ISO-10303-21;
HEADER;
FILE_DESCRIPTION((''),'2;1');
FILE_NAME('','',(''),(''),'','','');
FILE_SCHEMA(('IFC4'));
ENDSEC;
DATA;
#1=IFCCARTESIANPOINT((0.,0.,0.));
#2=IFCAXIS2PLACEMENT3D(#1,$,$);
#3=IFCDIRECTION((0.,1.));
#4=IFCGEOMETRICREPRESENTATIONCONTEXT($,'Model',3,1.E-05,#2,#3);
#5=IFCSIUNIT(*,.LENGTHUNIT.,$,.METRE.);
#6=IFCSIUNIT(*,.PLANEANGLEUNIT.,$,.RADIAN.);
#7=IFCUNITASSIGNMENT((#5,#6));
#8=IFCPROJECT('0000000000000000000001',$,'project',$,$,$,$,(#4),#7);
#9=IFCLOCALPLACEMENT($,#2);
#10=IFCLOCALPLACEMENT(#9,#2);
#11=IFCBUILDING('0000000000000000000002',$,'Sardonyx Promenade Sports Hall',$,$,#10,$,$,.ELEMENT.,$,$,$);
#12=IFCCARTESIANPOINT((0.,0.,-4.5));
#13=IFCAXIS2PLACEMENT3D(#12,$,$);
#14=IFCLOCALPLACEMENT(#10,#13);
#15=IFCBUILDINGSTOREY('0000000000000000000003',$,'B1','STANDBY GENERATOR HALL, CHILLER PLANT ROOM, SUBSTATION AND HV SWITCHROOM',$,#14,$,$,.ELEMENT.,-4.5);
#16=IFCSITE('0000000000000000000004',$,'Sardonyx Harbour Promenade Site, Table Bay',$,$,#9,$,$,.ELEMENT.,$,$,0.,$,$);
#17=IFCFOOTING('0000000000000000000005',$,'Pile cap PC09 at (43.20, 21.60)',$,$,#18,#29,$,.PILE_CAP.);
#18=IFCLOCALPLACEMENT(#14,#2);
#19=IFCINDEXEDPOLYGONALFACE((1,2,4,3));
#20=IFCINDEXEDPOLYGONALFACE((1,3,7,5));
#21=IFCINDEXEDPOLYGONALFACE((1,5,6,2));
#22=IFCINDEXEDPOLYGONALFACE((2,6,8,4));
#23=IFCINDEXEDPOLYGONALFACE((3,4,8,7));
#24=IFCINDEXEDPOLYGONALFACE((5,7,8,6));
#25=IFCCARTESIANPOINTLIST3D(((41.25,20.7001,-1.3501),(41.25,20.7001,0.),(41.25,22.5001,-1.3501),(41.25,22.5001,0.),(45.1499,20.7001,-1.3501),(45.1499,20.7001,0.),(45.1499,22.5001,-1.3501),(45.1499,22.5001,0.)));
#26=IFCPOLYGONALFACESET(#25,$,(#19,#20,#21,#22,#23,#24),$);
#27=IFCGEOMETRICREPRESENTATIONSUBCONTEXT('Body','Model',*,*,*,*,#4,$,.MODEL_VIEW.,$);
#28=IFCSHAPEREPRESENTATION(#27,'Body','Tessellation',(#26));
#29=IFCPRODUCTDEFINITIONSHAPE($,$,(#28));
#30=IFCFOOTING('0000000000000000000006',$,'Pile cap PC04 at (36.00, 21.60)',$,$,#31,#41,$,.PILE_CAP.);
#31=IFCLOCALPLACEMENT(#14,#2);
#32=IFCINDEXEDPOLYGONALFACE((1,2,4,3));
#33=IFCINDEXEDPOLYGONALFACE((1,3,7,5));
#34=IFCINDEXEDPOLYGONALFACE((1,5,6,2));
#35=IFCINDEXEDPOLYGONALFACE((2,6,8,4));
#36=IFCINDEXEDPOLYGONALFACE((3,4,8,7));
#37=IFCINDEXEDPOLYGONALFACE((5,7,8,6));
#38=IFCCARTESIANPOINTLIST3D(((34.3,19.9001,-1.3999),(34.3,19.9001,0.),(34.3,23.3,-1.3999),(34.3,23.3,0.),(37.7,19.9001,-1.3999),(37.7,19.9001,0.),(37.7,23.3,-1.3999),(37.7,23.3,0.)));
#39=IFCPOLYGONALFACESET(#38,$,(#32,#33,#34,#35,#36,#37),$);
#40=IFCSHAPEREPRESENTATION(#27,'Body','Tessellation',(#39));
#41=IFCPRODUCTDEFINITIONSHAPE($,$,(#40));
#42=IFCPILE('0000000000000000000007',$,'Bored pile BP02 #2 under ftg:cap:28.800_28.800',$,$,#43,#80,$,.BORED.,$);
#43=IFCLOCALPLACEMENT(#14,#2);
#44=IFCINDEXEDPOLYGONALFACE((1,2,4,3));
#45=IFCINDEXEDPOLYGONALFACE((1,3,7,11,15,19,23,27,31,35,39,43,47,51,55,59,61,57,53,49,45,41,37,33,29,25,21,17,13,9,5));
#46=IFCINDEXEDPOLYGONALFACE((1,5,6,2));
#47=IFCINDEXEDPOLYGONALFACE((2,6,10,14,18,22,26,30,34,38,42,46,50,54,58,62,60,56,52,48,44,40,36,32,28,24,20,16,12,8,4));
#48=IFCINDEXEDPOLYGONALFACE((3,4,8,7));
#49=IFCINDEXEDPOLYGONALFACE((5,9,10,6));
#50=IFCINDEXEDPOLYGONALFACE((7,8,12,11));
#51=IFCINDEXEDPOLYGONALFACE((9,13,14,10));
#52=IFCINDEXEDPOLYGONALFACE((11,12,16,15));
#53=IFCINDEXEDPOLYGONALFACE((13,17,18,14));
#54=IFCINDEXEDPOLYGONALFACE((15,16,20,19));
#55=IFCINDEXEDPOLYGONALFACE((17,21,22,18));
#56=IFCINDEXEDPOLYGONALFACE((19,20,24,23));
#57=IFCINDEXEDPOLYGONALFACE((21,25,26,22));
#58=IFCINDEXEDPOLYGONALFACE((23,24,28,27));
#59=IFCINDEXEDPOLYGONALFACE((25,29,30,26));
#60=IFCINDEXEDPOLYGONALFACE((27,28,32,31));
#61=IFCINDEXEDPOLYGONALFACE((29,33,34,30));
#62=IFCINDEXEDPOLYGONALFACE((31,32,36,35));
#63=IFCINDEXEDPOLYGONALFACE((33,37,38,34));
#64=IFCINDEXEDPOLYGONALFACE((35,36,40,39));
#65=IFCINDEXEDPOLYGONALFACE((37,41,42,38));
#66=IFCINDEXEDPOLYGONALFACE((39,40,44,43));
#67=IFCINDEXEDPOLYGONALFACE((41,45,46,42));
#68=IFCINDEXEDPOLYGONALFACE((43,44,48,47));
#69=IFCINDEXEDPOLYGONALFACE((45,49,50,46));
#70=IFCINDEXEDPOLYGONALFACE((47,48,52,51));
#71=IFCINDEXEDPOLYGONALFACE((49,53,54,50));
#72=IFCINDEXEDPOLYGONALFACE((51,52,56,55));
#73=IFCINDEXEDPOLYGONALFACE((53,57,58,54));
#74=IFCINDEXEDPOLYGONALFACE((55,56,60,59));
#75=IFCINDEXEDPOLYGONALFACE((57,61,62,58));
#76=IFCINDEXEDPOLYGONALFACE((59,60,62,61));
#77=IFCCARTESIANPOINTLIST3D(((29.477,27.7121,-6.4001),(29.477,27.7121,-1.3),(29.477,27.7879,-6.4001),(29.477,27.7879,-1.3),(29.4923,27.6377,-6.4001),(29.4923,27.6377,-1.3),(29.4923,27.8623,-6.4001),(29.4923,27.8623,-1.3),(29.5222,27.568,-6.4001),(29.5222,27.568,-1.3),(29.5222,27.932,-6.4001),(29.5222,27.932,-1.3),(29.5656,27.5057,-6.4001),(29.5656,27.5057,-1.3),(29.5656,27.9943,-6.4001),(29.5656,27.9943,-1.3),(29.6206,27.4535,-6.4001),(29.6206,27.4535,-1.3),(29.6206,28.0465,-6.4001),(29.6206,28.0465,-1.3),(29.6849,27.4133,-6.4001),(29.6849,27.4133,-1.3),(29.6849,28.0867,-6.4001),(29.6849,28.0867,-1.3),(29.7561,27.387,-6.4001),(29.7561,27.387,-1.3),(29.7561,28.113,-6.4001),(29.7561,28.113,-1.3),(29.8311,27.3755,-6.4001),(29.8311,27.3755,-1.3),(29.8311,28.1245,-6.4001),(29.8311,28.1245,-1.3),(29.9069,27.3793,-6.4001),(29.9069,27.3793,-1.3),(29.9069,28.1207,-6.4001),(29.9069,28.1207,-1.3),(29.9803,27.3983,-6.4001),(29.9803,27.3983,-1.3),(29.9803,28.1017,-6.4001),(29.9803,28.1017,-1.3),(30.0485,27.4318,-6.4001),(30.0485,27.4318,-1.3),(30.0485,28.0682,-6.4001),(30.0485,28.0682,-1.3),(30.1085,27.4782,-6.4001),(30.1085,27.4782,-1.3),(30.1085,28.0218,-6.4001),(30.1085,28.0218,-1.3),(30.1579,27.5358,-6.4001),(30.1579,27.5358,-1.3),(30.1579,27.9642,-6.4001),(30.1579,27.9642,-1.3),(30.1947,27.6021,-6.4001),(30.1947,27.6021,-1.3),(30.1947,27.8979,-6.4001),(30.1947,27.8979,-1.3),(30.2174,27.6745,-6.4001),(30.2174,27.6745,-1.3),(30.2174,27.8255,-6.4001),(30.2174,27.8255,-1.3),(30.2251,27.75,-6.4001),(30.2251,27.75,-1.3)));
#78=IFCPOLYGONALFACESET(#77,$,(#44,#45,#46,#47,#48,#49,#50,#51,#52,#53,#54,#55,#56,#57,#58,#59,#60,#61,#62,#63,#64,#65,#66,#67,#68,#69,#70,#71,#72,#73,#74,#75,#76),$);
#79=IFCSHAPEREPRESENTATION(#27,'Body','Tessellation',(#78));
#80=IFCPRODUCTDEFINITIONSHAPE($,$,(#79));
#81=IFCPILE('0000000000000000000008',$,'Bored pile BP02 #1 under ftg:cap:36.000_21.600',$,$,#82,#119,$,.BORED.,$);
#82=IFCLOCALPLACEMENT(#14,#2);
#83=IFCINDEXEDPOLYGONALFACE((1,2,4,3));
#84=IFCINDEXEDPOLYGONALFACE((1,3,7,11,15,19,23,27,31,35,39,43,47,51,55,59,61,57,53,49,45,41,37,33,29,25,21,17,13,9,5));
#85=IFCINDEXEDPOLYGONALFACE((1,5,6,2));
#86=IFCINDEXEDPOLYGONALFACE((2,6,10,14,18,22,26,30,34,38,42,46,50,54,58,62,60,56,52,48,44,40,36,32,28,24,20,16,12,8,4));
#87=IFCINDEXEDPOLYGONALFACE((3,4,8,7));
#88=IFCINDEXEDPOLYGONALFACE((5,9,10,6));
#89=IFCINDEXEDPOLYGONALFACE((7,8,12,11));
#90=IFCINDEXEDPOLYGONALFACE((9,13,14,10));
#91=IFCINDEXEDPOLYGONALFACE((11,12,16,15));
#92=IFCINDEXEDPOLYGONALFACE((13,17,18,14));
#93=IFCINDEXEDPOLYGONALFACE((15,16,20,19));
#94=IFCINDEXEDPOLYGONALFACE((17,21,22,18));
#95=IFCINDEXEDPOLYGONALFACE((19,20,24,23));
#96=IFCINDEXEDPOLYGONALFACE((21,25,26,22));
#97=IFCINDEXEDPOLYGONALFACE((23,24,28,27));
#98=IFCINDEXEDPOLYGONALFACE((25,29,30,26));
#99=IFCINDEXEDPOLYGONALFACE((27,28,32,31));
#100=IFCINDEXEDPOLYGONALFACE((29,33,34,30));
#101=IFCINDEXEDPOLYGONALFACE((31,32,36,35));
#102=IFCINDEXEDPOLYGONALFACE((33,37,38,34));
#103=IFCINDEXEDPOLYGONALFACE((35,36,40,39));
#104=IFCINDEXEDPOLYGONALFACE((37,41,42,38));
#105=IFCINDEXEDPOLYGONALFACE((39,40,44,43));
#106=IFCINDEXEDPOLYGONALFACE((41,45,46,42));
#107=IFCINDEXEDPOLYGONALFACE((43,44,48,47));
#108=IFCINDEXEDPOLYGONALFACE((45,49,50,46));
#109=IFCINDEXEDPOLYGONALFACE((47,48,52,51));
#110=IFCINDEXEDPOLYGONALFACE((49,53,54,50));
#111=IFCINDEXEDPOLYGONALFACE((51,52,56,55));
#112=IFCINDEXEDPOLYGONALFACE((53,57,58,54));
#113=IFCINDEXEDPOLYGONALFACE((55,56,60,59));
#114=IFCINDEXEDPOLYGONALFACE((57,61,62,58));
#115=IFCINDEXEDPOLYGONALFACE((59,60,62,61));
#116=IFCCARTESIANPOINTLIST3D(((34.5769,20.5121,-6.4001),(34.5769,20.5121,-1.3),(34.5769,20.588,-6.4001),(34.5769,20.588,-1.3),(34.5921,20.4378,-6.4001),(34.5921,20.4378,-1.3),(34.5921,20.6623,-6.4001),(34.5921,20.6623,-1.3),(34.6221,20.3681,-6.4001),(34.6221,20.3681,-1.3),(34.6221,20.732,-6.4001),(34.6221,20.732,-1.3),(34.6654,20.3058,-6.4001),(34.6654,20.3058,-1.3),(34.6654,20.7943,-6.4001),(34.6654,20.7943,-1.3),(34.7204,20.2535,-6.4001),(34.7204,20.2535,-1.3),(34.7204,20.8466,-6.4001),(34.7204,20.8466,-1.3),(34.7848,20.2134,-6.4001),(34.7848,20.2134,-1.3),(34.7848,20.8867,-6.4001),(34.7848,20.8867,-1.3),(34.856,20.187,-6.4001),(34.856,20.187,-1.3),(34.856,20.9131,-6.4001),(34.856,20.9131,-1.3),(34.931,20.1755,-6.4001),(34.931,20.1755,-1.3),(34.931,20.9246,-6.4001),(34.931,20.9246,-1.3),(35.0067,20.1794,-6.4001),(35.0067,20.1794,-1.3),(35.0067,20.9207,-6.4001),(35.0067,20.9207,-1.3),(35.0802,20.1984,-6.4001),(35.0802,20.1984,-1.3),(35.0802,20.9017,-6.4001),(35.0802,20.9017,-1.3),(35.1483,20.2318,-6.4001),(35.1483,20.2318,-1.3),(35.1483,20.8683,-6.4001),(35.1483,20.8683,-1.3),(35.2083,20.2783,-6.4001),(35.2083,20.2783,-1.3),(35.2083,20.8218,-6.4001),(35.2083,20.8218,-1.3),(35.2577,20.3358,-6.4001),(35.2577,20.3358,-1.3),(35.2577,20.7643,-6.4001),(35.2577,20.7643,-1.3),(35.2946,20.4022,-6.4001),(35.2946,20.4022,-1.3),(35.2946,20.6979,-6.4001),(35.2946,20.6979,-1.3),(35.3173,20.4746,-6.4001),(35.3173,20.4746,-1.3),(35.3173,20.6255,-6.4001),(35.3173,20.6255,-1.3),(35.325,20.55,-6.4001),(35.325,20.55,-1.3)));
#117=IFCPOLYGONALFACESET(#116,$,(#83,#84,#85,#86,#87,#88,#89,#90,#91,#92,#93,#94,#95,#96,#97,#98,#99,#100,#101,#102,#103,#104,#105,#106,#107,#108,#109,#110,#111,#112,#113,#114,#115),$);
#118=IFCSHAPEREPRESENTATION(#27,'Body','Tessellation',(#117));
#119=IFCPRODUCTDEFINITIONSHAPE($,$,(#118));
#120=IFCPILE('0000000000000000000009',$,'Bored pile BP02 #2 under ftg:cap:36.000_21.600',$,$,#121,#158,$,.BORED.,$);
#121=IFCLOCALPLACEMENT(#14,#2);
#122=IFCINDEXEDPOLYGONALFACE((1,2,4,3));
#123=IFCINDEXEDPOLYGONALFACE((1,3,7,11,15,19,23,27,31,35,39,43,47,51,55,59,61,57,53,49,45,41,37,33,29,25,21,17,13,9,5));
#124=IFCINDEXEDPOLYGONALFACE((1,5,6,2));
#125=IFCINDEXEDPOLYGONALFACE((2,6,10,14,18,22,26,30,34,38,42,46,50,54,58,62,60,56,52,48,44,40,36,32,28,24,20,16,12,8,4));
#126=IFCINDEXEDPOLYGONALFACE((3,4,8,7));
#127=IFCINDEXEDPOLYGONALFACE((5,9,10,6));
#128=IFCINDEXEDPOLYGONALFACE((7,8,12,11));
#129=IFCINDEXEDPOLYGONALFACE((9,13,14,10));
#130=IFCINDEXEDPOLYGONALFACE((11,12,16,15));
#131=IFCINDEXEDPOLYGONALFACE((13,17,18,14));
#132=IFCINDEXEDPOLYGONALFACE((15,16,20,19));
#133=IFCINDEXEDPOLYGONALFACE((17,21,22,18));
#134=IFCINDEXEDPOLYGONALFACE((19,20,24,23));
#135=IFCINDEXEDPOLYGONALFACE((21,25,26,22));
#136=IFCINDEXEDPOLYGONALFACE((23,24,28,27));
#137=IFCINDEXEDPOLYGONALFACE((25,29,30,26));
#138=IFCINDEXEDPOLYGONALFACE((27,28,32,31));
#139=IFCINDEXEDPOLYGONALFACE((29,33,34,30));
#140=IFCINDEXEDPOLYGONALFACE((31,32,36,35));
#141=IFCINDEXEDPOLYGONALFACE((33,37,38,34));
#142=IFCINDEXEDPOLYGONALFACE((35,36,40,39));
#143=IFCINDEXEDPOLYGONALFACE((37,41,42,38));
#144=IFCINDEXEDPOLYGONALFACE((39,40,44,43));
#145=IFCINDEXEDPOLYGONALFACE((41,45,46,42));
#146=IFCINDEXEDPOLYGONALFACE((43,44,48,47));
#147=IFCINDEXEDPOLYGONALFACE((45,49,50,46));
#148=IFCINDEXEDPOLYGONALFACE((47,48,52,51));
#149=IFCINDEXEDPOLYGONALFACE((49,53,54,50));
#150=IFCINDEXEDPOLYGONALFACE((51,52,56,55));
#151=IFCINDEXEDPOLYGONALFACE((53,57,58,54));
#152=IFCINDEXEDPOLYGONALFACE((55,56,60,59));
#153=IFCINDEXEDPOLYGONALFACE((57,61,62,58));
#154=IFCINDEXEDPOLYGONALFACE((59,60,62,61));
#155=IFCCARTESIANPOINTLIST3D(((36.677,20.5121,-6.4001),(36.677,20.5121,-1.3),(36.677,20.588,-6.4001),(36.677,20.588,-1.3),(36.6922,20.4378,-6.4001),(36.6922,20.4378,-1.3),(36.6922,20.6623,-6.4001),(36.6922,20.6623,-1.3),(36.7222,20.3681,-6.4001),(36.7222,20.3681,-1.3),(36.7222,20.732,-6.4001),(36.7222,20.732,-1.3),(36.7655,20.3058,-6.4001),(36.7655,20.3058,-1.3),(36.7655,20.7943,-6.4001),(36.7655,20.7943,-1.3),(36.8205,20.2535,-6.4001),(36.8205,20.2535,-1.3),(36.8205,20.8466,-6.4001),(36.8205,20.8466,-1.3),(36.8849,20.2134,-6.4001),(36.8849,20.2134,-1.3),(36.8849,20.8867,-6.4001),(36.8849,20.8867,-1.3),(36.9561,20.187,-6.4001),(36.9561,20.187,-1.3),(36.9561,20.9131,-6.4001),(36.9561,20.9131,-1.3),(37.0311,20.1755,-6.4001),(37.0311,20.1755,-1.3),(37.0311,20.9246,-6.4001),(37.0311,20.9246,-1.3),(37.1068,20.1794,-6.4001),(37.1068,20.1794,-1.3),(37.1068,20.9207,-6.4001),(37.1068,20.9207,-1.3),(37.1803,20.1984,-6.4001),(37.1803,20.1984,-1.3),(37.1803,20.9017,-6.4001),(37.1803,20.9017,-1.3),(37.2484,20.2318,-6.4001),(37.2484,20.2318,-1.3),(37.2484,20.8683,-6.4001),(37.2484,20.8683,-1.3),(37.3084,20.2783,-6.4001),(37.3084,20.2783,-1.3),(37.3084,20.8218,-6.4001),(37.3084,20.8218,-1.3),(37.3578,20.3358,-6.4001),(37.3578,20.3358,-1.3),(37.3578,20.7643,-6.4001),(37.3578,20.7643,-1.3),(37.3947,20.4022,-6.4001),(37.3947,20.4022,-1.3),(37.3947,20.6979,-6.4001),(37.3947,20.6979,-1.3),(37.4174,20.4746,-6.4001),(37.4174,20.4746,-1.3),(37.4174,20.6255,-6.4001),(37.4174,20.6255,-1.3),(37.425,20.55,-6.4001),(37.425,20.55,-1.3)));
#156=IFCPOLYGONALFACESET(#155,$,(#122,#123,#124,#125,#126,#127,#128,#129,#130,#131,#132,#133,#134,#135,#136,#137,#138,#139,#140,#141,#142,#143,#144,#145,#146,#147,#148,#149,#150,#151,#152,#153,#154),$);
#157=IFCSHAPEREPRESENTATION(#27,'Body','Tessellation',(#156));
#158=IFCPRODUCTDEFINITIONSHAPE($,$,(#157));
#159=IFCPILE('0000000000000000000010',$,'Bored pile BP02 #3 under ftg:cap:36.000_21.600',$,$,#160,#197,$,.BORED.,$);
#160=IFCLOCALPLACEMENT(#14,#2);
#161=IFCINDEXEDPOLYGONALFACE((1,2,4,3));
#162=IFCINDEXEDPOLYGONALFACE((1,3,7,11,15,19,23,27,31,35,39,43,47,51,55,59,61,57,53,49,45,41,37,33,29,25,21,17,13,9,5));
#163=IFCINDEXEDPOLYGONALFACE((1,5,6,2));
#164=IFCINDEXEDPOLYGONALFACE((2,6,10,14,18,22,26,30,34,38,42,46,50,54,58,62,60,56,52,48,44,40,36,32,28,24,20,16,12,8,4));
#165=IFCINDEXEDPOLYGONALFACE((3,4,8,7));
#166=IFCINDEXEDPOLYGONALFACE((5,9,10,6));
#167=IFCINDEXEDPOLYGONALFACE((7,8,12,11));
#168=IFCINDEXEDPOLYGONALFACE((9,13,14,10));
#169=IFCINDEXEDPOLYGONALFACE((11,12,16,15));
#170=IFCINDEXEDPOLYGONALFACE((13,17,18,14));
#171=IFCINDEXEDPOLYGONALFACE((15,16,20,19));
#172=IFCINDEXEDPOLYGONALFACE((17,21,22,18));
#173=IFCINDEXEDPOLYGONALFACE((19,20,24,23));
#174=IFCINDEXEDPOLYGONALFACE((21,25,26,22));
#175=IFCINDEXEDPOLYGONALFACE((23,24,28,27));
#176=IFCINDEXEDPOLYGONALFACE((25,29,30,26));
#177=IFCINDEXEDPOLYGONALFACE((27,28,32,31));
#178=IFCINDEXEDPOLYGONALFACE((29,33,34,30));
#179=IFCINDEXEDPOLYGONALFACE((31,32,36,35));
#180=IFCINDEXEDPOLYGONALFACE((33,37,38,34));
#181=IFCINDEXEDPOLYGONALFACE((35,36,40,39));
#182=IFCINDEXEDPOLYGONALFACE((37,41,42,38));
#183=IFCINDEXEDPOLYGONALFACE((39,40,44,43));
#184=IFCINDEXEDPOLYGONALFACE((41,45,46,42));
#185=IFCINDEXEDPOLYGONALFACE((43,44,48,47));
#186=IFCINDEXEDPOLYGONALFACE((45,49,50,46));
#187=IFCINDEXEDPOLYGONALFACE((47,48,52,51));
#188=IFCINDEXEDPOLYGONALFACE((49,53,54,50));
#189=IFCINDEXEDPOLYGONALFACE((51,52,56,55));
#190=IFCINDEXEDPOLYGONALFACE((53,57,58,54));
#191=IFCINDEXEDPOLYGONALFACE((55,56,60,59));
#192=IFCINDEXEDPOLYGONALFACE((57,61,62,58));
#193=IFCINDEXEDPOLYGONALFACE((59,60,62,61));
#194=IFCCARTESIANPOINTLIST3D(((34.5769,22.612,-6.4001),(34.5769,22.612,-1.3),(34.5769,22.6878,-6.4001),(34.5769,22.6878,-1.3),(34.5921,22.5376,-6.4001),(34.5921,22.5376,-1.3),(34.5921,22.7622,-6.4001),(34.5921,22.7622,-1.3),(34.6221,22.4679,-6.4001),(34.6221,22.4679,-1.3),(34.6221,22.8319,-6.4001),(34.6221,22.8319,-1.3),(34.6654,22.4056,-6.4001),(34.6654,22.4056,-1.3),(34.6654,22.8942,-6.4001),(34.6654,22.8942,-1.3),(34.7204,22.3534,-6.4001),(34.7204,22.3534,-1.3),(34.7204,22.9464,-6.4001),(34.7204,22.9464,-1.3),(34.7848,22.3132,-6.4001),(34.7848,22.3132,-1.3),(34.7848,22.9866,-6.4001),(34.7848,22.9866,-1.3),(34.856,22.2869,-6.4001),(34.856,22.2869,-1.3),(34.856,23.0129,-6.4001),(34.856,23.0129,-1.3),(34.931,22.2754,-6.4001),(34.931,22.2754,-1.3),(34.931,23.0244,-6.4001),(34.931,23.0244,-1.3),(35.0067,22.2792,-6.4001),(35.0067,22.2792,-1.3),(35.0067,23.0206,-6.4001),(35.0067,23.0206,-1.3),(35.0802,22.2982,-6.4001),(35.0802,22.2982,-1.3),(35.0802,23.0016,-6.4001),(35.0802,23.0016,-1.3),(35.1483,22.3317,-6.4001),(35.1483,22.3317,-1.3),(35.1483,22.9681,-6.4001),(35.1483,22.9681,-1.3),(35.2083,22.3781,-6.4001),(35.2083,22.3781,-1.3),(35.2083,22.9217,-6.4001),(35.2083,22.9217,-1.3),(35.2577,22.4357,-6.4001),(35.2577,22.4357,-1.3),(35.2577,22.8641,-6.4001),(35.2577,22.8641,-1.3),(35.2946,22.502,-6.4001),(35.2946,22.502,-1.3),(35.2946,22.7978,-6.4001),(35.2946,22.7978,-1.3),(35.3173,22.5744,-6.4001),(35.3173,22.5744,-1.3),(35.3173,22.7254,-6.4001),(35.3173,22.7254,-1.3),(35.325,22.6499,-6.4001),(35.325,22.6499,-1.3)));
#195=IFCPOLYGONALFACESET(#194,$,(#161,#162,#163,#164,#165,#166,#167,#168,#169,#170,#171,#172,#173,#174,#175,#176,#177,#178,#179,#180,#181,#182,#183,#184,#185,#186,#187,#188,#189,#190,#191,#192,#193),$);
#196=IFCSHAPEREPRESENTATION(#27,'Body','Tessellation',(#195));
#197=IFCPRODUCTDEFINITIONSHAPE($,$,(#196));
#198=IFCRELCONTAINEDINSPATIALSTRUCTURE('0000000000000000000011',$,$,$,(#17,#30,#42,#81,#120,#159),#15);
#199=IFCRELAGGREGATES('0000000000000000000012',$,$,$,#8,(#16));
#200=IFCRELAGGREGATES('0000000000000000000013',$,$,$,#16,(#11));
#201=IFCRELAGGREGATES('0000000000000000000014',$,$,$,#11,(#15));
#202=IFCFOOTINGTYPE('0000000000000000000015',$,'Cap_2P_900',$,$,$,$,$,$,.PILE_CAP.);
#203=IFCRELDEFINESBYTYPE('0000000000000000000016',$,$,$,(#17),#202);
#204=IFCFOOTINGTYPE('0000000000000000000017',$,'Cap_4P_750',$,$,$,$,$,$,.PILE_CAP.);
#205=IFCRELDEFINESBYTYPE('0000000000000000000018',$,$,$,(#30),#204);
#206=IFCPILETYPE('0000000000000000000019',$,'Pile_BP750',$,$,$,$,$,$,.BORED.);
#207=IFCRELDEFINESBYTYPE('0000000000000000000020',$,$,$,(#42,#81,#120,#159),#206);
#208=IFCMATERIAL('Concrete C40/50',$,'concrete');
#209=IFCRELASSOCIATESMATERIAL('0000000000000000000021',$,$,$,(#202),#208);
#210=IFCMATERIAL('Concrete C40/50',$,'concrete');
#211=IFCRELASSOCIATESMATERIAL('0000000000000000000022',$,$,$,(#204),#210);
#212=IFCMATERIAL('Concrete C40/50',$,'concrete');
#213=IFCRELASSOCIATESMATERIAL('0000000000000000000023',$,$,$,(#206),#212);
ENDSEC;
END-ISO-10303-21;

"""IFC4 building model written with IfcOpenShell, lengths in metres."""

from ifc_helpers import new_model, si_unit, direction, frame, origin, origin_2d, place, context, subcontext, project, spatial, rectangle, circle, extrude, material, material_profile, profile_set, type_object, element, save


model = new_model("IFC4")

# Units and contexts
model_context = context("Model", 3, precision=1e-05, world=origin(), true_north=direction((0.0, 1.0)))
body_context = subcontext(model_context, "Body", "Model", "MODEL_VIEW")
ifc_project = project(units=[si_unit("LENGTHUNIT", "METRE"), si_unit("PLANEANGLEUNIT", "RADIAN")], contexts=[model_context])

# Site, building, storey
site_placement = place(None, origin())
site = spatial("IfcSite", under=ifc_project, at=site_placement, Name="Sardonyx Harbour Promenade Site, Table Bay", CompositionType="ELEMENT", RefElevation=0.0)
building_placement = place(site_placement, origin())
building = spatial("IfcBuilding", under=site, at=building_placement, Name="Sardonyx Promenade Sports Hall", CompositionType="ELEMENT")
storey_placement = place(building_placement, frame((0.0, 0.0, -4.5)))
storey = spatial("IfcBuildingStorey", under=building, at=storey_placement, Name="B1", Description="STANDBY GENERATOR HALL, CHILLER PLANT ROOM, SUBSTATION AND HV SWITCHROOM", CompositionType="ELEMENT", Elevation=-4.5)

# Footings
ifc_material_1 = material(Name="Concrete C40/50", Category="concrete")
footing_type_1 = type_object("IfcFootingType", Name="Cap_2P_900", PredefinedType="PILE_CAP", material=ifc_material_1)
footing_1_placement = place(storey_placement, frame((43.2, 21.6001, -1.3501), z_axis=(0.0, 0.0, 1.0), x_axis=(1.0, 0.0, 0.0)))
element("IfcFooting", 1, at=footing_1_placement, inside=storey, type_object=footing_type_1, Name="Pile cap PC09 at (43.20, 21.60)", PredefinedType="PILE_CAP", context=body_context, shape_type="SweptSolid", body=[
    extrude(rectangle(XDim=3.8999, YDim=1.8, at=origin_2d()), origin(), (0.0, 0.0, 1.0), 1.3501),
])
ifc_material_2 = material(Name="Concrete C40/50", Category="concrete")
footing_type_2 = type_object("IfcFootingType", Name="Cap_4P_750", PredefinedType="PILE_CAP", material=ifc_material_2)
footing_2_placement = place(storey_placement, frame((36.0, 21.6001, -1.3999), z_axis=(0.0, 0.0, 1.0), x_axis=(1.0, 0.0, 0.0)))
element("IfcFooting", 2, at=footing_2_placement, inside=storey, type_object=footing_type_2, Name="Pile cap PC04 at (36.00, 21.60)", PredefinedType="PILE_CAP", context=body_context, shape_type="SweptSolid", body=[
    extrude(rectangle(XDim=3.3999, YDim=3.3999, at=origin_2d()), origin(), (0.0, 0.0, 1.0), 1.3999),
])

# Piles
ifc_material_3 = material(Name="Concrete C40/50", Category="concrete")
ifc_material_profile_1 = material_profile(ifc_material_3, circle(Radius=0.375, at=origin_2d()))
ifc_profile_set_1 = profile_set([ifc_material_profile_1], Name="Concrete C40/50")
pile_type_1 = type_object("IfcPileType", Name="Pile_BP750", PredefinedType="BORED", material=ifc_profile_set_1)
for number, where, z_axis, x_axis, name in (
    (3, (29.8501, 27.75, -1.3), (0.0, 0.0, -1.0), (1.0, 0.0, 0.0), "Bored pile BP02 #2 under ftg:cap:28.800_28.800"),
    (4, (34.95, 20.55, -1.3), (0.0, 0.0, -1.0), (1.0, 0.0, 0.0), "Bored pile BP02 #1 under ftg:cap:36.000_21.600"),
    (5, (37.05, 20.55, -1.3), (0.0, 0.0, -1.0), (1.0, 0.0, 0.0), "Bored pile BP02 #2 under ftg:cap:36.000_21.600"),
    (6, (34.95, 22.6499, -1.3), (0.0, 0.0, -1.0), (1.0, 0.0, 0.0), "Bored pile BP02 #3 under ftg:cap:36.000_21.600"),
):
    element("IfcPile", number, at=place(storey_placement, frame(where, z_axis=z_axis, x_axis=x_axis)), inside=storey, type_object=pile_type_1, Name=name, PredefinedType="BORED", context=body_context, shape_type="SweptSolid", body=[
        extrude(circle(Radius=0.375, at=origin_2d()), origin(), (0.0, 0.0, 1.0), 5.1001),
    ])

save(model, "model.ifc")
